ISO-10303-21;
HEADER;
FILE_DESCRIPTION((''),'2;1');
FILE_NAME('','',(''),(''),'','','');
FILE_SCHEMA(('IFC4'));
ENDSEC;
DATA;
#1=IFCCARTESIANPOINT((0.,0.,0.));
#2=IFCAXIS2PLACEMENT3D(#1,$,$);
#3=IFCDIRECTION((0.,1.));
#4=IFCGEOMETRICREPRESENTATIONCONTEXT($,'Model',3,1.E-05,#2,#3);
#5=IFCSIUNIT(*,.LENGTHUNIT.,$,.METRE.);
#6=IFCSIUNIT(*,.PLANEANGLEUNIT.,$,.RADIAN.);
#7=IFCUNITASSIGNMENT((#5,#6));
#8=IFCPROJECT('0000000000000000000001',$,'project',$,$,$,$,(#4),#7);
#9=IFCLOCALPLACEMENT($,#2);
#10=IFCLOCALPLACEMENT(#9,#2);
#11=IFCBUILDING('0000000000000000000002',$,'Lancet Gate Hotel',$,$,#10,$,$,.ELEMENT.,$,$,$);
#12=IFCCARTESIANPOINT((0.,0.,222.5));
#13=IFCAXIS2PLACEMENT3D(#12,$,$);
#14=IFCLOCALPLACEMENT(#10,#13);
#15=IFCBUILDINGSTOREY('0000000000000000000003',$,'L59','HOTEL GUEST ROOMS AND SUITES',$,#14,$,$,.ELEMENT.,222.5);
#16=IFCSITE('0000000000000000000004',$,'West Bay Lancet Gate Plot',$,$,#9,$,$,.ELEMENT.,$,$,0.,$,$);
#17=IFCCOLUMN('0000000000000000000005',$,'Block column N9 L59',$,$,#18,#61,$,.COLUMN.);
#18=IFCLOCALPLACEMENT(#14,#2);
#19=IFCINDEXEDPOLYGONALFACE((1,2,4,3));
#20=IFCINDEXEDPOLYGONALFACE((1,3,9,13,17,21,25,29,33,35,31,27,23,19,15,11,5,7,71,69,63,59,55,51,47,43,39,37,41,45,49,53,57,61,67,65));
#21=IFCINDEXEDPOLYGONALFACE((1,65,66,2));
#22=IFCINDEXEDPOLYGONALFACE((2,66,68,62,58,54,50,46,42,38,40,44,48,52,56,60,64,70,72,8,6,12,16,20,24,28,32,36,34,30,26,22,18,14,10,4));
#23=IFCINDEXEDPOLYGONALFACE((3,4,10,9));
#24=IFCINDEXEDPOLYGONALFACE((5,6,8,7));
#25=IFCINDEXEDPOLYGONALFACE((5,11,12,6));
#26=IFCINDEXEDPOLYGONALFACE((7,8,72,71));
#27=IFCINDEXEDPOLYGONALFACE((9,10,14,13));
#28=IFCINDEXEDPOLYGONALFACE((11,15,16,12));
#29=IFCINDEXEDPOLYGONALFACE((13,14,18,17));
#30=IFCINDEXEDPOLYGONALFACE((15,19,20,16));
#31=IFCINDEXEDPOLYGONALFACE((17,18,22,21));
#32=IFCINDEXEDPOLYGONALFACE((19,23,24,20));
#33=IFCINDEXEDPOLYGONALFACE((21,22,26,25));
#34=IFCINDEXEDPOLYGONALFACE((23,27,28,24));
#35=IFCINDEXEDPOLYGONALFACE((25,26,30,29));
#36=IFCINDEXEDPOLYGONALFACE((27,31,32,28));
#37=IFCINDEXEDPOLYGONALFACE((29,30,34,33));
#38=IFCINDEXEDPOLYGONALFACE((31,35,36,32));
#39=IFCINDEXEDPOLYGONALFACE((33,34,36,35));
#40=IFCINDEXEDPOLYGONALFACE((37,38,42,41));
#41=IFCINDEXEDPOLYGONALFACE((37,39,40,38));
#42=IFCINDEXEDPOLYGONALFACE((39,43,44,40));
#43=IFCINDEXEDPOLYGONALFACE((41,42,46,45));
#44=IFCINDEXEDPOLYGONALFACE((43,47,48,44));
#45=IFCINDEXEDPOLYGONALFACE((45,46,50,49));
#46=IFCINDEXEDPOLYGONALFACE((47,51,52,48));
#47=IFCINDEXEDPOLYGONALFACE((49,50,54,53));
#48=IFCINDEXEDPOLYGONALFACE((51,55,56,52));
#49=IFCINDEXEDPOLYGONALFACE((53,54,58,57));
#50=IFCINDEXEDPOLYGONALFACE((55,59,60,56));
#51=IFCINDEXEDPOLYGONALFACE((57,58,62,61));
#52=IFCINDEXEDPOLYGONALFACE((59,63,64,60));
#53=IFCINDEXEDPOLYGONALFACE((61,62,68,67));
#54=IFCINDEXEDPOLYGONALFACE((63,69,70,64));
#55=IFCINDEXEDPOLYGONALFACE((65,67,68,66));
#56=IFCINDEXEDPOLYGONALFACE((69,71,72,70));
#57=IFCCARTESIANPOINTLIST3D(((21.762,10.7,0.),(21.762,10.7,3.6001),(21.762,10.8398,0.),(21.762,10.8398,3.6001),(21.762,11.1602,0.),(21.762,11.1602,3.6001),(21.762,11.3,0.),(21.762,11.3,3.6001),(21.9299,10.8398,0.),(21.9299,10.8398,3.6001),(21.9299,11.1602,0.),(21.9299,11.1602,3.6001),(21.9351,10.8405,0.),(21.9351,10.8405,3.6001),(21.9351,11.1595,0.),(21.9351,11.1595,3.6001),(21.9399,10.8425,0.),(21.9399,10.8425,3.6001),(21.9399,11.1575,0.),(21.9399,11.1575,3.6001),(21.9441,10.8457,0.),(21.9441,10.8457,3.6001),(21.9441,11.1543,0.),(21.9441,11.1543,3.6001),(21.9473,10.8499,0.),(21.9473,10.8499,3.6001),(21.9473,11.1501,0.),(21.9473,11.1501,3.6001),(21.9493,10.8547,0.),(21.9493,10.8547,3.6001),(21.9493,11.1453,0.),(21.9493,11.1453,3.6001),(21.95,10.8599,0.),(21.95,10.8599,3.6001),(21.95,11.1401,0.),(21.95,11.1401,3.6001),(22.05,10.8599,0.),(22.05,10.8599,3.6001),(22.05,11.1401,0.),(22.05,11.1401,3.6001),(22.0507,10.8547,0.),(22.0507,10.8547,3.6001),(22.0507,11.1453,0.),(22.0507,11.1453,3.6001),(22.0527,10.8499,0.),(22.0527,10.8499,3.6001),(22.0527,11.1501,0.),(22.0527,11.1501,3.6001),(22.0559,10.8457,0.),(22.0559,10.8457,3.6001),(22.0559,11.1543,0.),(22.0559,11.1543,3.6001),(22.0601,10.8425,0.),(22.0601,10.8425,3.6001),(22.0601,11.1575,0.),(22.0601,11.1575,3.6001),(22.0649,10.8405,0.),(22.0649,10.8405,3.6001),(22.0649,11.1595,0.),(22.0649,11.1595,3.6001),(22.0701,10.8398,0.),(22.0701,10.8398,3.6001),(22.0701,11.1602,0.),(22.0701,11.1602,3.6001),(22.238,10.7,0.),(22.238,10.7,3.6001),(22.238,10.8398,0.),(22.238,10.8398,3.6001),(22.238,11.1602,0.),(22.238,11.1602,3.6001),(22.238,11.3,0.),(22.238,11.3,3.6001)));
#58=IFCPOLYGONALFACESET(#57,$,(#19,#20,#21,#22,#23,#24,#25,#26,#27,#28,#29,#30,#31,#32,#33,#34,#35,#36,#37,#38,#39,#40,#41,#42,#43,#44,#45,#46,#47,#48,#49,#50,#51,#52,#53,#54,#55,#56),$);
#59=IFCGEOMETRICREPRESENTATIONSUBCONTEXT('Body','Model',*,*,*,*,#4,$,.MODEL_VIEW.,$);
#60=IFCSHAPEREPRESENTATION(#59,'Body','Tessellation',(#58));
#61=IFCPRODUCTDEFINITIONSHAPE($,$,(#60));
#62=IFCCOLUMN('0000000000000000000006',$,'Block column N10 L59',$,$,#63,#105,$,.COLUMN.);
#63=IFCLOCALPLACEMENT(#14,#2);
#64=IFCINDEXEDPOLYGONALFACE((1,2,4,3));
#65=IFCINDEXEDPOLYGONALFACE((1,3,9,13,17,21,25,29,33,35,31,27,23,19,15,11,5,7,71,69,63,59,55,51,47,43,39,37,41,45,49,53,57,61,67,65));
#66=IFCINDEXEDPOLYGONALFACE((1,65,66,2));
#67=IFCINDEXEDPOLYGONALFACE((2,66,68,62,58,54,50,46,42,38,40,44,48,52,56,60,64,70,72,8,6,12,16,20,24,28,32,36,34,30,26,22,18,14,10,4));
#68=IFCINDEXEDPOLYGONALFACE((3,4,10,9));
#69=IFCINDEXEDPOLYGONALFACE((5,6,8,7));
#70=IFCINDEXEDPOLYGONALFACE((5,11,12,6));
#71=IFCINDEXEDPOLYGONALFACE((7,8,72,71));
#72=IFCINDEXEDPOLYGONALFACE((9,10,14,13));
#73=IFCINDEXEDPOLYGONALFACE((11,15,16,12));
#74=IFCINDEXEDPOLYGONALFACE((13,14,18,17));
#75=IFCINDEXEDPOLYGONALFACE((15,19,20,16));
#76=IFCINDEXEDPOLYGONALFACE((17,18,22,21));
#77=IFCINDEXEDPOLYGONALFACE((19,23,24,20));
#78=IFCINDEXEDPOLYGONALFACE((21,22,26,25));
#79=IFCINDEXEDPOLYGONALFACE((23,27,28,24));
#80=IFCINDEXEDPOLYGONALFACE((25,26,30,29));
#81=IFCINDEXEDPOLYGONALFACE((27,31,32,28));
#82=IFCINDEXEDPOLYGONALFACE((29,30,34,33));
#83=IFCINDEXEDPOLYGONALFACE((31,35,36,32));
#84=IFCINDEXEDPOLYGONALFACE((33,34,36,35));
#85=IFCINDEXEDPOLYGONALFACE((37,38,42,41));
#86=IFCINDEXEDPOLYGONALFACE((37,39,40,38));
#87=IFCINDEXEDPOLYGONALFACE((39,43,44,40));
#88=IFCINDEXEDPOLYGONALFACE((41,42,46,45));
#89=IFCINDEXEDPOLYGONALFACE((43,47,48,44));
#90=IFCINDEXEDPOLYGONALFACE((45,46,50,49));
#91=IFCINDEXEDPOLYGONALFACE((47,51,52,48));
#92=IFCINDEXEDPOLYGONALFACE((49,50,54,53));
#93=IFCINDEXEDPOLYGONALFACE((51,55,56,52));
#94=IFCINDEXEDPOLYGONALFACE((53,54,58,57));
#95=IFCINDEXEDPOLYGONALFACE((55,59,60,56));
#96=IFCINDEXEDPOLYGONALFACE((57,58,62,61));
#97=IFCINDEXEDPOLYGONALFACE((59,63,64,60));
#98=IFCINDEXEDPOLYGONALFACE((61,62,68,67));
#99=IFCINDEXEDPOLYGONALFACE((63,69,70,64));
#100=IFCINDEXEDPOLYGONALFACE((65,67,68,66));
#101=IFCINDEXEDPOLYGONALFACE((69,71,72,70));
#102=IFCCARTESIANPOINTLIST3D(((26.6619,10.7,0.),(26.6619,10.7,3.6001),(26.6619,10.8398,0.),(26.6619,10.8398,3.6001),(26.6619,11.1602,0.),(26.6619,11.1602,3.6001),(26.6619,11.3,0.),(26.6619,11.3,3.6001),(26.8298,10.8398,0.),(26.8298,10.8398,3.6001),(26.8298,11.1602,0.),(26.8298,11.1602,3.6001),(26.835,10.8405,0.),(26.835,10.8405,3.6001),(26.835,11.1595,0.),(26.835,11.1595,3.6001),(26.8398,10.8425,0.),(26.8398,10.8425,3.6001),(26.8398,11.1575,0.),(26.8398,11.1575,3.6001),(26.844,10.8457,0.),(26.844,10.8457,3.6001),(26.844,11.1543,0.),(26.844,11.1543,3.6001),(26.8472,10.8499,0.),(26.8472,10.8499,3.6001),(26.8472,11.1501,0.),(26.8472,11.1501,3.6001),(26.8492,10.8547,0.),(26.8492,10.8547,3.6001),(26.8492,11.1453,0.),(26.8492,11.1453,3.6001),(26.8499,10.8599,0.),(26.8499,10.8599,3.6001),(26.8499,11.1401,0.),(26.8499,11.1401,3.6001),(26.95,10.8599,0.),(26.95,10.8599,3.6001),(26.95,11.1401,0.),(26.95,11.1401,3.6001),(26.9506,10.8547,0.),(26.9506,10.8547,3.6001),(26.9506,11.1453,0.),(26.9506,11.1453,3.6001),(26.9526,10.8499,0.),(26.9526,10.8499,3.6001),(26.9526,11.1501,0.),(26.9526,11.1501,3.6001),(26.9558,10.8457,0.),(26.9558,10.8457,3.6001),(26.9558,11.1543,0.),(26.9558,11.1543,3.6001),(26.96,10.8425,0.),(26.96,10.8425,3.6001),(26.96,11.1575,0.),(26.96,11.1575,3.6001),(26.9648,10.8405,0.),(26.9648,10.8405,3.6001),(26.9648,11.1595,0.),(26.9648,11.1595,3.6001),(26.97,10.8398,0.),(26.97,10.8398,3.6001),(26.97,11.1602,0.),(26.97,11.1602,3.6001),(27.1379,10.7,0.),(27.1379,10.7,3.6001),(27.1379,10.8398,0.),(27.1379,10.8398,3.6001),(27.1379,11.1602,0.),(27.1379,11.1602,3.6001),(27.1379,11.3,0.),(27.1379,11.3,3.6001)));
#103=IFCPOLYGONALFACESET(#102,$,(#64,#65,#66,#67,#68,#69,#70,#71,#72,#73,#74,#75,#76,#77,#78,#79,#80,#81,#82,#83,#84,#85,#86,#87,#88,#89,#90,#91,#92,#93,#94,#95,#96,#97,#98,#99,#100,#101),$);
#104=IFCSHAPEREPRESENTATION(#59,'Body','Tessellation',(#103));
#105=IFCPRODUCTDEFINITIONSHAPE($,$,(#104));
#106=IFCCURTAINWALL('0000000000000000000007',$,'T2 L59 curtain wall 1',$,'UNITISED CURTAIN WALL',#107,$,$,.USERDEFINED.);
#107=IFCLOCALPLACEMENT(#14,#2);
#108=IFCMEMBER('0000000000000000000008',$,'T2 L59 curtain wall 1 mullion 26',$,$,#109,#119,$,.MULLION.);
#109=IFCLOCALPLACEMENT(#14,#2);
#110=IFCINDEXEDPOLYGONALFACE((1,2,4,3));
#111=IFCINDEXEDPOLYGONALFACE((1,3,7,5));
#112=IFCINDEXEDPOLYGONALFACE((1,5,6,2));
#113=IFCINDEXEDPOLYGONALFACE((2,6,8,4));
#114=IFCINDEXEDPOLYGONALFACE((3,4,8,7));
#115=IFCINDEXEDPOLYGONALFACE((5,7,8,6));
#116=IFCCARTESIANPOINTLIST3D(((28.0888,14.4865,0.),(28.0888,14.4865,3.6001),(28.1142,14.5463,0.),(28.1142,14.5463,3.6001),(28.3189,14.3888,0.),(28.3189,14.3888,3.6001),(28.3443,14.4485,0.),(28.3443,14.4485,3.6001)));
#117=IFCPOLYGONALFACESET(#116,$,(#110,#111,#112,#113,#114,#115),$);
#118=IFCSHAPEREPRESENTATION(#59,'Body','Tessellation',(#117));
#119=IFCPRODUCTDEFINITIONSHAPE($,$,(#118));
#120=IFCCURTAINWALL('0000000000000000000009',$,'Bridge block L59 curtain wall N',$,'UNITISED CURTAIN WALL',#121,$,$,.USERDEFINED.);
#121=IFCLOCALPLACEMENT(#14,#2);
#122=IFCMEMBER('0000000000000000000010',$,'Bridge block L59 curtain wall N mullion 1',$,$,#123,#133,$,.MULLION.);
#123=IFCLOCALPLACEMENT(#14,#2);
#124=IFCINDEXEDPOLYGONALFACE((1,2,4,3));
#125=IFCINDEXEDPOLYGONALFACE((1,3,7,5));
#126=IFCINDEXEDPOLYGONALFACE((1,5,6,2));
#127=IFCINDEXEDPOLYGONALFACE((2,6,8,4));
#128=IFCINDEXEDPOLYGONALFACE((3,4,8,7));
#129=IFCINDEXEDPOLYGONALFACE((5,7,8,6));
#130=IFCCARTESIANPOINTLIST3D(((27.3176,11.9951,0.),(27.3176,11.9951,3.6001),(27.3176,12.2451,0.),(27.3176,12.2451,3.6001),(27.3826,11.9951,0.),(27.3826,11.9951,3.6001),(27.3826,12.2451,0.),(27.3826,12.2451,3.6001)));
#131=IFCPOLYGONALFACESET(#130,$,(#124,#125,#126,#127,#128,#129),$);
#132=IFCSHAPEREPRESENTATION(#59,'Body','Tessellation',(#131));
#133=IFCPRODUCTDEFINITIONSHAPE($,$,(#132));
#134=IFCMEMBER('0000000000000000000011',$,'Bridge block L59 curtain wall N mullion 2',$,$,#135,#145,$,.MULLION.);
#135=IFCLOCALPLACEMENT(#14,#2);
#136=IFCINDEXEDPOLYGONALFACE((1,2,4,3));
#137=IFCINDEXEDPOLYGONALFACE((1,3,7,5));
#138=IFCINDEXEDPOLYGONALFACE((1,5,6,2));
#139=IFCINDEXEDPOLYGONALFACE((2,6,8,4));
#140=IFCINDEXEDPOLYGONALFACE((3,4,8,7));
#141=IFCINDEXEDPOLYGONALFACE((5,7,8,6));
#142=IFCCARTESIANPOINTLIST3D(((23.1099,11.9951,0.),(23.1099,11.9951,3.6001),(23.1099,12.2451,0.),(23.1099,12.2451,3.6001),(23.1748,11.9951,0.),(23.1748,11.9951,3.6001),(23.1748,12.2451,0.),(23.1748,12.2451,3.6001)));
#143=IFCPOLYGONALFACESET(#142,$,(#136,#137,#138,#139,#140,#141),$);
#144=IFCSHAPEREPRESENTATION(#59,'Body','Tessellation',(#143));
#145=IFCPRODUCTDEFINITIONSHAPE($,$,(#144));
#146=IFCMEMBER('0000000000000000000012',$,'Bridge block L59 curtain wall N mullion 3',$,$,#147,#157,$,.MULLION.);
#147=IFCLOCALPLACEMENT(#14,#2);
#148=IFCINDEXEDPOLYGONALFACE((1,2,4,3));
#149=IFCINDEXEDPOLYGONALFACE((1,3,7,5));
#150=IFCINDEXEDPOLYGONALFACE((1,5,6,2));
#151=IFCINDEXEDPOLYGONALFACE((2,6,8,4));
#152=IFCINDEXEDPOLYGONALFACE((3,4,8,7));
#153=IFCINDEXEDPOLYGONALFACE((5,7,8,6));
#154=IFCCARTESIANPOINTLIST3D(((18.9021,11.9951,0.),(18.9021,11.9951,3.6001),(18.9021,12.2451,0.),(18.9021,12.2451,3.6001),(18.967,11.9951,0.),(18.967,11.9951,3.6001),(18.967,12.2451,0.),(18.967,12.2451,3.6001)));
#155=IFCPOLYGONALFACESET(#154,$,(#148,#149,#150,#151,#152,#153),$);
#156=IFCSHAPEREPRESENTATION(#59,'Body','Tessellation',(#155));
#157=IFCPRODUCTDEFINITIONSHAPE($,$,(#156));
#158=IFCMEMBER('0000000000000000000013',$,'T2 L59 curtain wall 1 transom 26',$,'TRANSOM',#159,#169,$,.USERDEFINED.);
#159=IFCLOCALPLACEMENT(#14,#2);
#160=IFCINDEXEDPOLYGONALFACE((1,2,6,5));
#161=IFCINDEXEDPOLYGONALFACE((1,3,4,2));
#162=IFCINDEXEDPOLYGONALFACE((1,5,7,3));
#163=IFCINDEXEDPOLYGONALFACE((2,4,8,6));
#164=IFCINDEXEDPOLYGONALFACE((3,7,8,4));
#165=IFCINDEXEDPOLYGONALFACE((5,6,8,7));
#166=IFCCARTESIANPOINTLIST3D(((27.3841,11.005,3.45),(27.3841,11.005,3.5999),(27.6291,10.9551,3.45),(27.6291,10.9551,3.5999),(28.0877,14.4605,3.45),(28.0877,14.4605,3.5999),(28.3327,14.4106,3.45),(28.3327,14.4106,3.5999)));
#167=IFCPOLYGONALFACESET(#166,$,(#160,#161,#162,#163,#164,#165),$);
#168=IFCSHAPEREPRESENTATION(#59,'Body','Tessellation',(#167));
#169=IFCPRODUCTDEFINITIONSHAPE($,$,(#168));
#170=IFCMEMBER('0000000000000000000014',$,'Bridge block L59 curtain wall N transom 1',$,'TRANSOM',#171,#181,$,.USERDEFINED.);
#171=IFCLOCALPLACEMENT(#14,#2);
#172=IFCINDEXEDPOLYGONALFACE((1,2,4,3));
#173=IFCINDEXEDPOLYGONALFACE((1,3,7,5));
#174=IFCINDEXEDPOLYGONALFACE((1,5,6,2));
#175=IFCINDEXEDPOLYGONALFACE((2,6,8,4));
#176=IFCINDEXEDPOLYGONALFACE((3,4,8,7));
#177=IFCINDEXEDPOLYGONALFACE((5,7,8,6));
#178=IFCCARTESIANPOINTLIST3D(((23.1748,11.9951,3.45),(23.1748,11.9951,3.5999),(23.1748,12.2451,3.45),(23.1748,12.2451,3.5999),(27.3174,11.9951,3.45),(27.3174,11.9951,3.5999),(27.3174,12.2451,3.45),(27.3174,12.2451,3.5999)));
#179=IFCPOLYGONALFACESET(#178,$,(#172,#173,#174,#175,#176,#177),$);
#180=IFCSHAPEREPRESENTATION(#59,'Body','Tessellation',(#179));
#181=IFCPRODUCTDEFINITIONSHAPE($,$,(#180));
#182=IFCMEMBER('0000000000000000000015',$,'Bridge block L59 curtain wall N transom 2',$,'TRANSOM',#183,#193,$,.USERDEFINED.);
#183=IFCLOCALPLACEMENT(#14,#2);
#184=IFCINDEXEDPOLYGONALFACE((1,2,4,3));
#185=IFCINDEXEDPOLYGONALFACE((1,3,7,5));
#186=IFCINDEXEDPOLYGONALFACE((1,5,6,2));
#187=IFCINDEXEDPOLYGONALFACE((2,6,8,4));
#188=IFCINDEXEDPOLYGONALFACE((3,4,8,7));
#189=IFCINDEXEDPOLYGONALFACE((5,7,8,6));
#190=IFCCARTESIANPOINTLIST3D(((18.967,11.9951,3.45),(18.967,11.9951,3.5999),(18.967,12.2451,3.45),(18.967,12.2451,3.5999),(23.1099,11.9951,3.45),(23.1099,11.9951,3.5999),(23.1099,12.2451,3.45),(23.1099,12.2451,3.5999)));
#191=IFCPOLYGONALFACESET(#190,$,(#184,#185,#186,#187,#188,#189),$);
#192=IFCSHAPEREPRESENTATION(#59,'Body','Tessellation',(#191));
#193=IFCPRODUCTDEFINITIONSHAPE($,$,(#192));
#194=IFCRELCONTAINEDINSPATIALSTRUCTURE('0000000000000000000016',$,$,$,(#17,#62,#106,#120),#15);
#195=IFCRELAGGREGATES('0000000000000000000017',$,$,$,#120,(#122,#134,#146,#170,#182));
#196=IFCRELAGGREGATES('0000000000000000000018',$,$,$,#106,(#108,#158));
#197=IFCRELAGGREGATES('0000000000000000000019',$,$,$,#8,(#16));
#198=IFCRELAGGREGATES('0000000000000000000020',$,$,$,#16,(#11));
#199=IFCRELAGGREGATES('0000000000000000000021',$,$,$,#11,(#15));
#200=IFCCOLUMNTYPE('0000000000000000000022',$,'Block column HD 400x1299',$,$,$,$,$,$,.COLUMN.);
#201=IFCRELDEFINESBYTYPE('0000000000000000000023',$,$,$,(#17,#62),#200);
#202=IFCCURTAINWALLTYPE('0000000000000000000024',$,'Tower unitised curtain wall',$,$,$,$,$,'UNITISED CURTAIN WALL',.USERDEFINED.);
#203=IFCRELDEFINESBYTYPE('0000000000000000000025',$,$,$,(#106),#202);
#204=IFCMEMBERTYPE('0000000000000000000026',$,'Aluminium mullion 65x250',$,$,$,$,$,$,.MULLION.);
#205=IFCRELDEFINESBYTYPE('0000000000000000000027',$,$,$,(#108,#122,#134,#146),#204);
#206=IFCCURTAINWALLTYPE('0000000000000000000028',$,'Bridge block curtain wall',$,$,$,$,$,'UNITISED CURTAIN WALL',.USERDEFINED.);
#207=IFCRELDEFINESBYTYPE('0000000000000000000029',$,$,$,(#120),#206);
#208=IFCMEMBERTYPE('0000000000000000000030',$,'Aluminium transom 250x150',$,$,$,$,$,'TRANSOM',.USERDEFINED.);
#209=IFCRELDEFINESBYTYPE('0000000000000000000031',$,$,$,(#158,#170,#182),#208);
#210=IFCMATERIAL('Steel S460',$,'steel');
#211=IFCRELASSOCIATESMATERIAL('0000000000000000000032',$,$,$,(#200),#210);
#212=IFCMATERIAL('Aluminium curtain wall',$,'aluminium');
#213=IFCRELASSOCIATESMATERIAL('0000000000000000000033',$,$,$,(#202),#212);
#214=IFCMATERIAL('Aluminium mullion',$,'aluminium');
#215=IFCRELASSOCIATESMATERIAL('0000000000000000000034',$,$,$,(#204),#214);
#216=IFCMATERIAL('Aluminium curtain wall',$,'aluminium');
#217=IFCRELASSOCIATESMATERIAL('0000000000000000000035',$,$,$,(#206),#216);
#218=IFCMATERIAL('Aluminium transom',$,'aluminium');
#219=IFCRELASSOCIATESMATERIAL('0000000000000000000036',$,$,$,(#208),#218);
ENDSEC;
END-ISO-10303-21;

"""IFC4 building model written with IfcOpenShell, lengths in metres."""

from ifc_helpers import new_model, si_unit, direction, frame, origin, origin_2d, place, context, subcontext, project, spatial, rectangle, i_section, extrude, material, material_profile, profile_set, type_object, element, aggregate, save


model = new_model("IFC4")

# Units and contexts
model_context = context("Model", 3, precision=1e-05, world=origin(), true_north=direction((0.0, 1.0)))
body_context = subcontext(model_context, "Body", "Model", "MODEL_VIEW")
ifc_project = project(units=[si_unit("LENGTHUNIT", "METRE"), si_unit("PLANEANGLEUNIT", "RADIAN")], contexts=[model_context])

# Site, building, storey
site_placement = place(None, origin())
site = spatial("IfcSite", under=ifc_project, at=site_placement, Name="West Bay Lancet Gate Plot", CompositionType="ELEMENT", RefElevation=0.0)
building_placement = place(site_placement, origin())
building = spatial("IfcBuilding", under=site, at=building_placement, Name="Lancet Gate Hotel", CompositionType="ELEMENT")
storey_placement = place(building_placement, frame((0.0, 0.0, 222.5)))
storey = spatial("IfcBuildingStorey", under=building, at=storey_placement, Name="L59", Description="HOTEL GUEST ROOMS AND SUITES", CompositionType="ELEMENT", Elevation=222.5)

# Columns
ifc_material_1 = material(Name="Steel S460", Category="steel")
ifc_material_profile_1 = material_profile(ifc_material_1, i_section(OverallWidth=0.4761, OverallDepth=0.6001, WebThickness=0.1001, FlangeThickness=0.1399, FilletRadius=0.02, at=origin_2d()), Name="HD 400x1299")
ifc_profile_set_1 = profile_set([ifc_material_profile_1], Name="Steel S460")
column_type = type_object("IfcColumnType", Name="Block column HD 400x1299", PredefinedType="COLUMN", material=ifc_profile_set_1)
for number, where, z_axis, x_axis, name in (
    (1, (22.0, 11.0, 0.0), (0.0, 0.0, 1.0), (1.0, 0.0, 0.0), "Block column N9 L59"),
    (2, (26.8999, 11.0, 0.0), (0.0, 0.0, 1.0), (1.0, 0.0, 0.0), "Block column N10 L59"),
):
    element("IfcColumn", number, at=place(storey_placement, frame(where, z_axis=z_axis, x_axis=x_axis)), inside=storey, type_object=column_type, Name=name, PredefinedType="COLUMN", context=body_context, shape_type="SweptSolid", body=[
        extrude(i_section(OverallWidth=0.4761, OverallDepth=0.6001, WebThickness=0.1001, FlangeThickness=0.1399, FilletRadius=0.02, at=origin_2d()), origin(), (0.0, 0.0, 1.0), 3.6001),
    ])

# Curtain wall, member
ifc_material_2 = material(Name="Aluminium curtain wall", Category="aluminium")
curtain_wall_type_1 = type_object("IfcCurtainWallType", Name="Tower unitised curtain wall", ElementType="UNITISED CURTAIN WALL", PredefinedType="USERDEFINED", material=ifc_material_2)
curtain_wall_1_placement = place(storey_placement, origin())
curtain_wall_1 = element("IfcCurtainWall", 3, at=curtain_wall_1_placement, inside=storey, type_object=curtain_wall_type_1, Name="T2 L59 curtain wall 1", ObjectType="UNITISED CURTAIN WALL", PredefinedType="USERDEFINED")
ifc_material_3 = material(Name="Aluminium mullion", Category="aluminium")
ifc_material_profile_2 = material_profile(ifc_material_3, rectangle(XDim=0.0649, YDim=0.25, at=origin_2d()), Name="MULLION 65x250")
ifc_profile_set_2 = profile_set([ifc_material_profile_2], Name="Aluminium mullion")
member_type_1 = type_object("IfcMemberType", Name="Aluminium mullion 65x250", PredefinedType="MULLION", material=ifc_profile_set_2)
member_1_placement = place(storey_placement, frame((28.2166, 14.4675, 0.0), z_axis=(0.0, 0.0, 1.0), x_axis=(-0.391042, -0.920373, 0.0)))
member_1 = element("IfcMember", 4, at=member_1_placement, type_object=member_type_1, Name="T2 L59 curtain wall 1 mullion 26", PredefinedType="MULLION", context=body_context, shape_type="SweptSolid", body=[
    extrude(rectangle(XDim=0.0649, YDim=0.25, at=origin_2d()), origin(), (0.0, 0.0, 1.0), 3.6001),
])

# Curtain wall, members
ifc_material_4 = material(Name="Aluminium curtain wall", Category="aluminium")
curtain_wall_type_2 = type_object("IfcCurtainWallType", Name="Bridge block curtain wall", ElementType="UNITISED CURTAIN WALL", PredefinedType="USERDEFINED", material=ifc_material_4)
curtain_wall_2_placement = place(storey_placement, origin())
curtain_wall_2 = element("IfcCurtainWall", 5, at=curtain_wall_2_placement, inside=storey, type_object=curtain_wall_type_2, Name="Bridge block L59 curtain wall N", ObjectType="UNITISED CURTAIN WALL", PredefinedType="USERDEFINED")
member_2_placement = place(storey_placement, frame((27.3501, 12.1201, 0.0), z_axis=(0.0, 0.0, 1.0), x_axis=(-1.0, 0.0, 0.0)))
member_2 = element("IfcMember", 6, at=member_2_placement, type_object=member_type_1, Name="Bridge block L59 curtain wall N mullion 1", PredefinedType="MULLION", context=body_context, shape_type="SweptSolid", body=[
    extrude(rectangle(XDim=0.0649, YDim=0.25, at=origin_2d()), origin(), (0.0, 0.0, 1.0), 3.6001),
])
member_3_placement = place(storey_placement, frame((23.1423, 12.1201, 0.0), z_axis=(0.0, 0.0, 1.0), x_axis=(-1.0, 0.0, 0.0)))
member_3 = element("IfcMember", 7, at=member_3_placement, type_object=member_type_1, Name="Bridge block L59 curtain wall N mullion 2", PredefinedType="MULLION", context=body_context, shape_type="SweptSolid", body=[
    extrude(rectangle(XDim=0.0649, YDim=0.25, at=origin_2d()), origin(), (0.0, 0.0, 1.0), 3.6001),
])
member_4_placement = place(storey_placement, frame((18.9346, 12.1201, 0.0), z_axis=(0.0, 0.0, 1.0), x_axis=(-1.0, 0.0, 0.0)))
member_4 = element("IfcMember", 8, at=member_4_placement, type_object=member_type_1, Name="Bridge block L59 curtain wall N mullion 3", PredefinedType="MULLION", context=body_context, shape_type="SweptSolid", body=[
    extrude(rectangle(XDim=0.0649, YDim=0.25, at=origin_2d()), origin(), (0.0, 0.0, 1.0), 3.6001),
])

# Members
ifc_material_5 = material(Name="Aluminium transom", Category="aluminium")
ifc_material_profile_3 = material_profile(ifc_material_5, rectangle(XDim=0.25, YDim=0.1499, at=origin_2d()), Name="TRANSOM 250x150")
ifc_profile_set_3 = profile_set([ifc_material_profile_3], Name="Aluminium transom")
member_type_2 = type_object("IfcMemberType", Name="Aluminium transom 250x150", ElementType="TRANSOM", PredefinedType="USERDEFINED", material=ifc_profile_set_3)
member_5_placement = place(storey_placement, frame((28.2102, 14.4355, 3.5249), z_axis=(-0.199523, -0.979893, 0.0), x_axis=(0.979893, -0.199523, 0.0)))
member_5 = element("IfcMember", 9, at=member_5_placement, type_object=member_type_2, Name="T2 L59 curtain wall 1 transom 26", ObjectType="TRANSOM", PredefinedType="USERDEFINED", context=body_context, shape_type="SweptSolid", body=[
    extrude(rectangle(XDim=0.25, YDim=0.1499, at=origin_2d()), origin(), (0.0, 0.0, 1.0), 3.5264),
])
member_6_placement = place(storey_placement, frame((27.3174, 12.1201, 3.5249), z_axis=(-1.0, 0.0, 0.0), x_axis=(0.0, -1.0, 0.0)))
member_6 = element("IfcMember", 10, at=member_6_placement, type_object=member_type_2, Name="Bridge block L59 curtain wall N transom 1", ObjectType="TRANSOM", PredefinedType="USERDEFINED", context=body_context, shape_type="SweptSolid", body=[
    extrude(rectangle(XDim=0.25, YDim=0.1499, at=origin_2d()), origin(), (0.0, 0.0, 1.0), 4.1426),
])
member_7_placement = place(storey_placement, frame((23.1099, 12.1201, 3.5249), z_axis=(-1.0, 0.0, 0.0), x_axis=(0.0, -1.0, 0.0)))
member_7 = element("IfcMember", 11, at=member_7_placement, type_object=member_type_2, Name="Bridge block L59 curtain wall N transom 2", ObjectType="TRANSOM", PredefinedType="USERDEFINED", context=body_context, shape_type="SweptSolid", body=[
    extrude(rectangle(XDim=0.25, YDim=0.1499, at=origin_2d()), origin(), (0.0, 0.0, 1.0), 4.1428),
])

aggregate(curtain_wall_2, [member_2, member_3, member_4, member_6, member_7])
aggregate(curtain_wall_1, [member_1, member_5])

save(model, "model.ifc")
